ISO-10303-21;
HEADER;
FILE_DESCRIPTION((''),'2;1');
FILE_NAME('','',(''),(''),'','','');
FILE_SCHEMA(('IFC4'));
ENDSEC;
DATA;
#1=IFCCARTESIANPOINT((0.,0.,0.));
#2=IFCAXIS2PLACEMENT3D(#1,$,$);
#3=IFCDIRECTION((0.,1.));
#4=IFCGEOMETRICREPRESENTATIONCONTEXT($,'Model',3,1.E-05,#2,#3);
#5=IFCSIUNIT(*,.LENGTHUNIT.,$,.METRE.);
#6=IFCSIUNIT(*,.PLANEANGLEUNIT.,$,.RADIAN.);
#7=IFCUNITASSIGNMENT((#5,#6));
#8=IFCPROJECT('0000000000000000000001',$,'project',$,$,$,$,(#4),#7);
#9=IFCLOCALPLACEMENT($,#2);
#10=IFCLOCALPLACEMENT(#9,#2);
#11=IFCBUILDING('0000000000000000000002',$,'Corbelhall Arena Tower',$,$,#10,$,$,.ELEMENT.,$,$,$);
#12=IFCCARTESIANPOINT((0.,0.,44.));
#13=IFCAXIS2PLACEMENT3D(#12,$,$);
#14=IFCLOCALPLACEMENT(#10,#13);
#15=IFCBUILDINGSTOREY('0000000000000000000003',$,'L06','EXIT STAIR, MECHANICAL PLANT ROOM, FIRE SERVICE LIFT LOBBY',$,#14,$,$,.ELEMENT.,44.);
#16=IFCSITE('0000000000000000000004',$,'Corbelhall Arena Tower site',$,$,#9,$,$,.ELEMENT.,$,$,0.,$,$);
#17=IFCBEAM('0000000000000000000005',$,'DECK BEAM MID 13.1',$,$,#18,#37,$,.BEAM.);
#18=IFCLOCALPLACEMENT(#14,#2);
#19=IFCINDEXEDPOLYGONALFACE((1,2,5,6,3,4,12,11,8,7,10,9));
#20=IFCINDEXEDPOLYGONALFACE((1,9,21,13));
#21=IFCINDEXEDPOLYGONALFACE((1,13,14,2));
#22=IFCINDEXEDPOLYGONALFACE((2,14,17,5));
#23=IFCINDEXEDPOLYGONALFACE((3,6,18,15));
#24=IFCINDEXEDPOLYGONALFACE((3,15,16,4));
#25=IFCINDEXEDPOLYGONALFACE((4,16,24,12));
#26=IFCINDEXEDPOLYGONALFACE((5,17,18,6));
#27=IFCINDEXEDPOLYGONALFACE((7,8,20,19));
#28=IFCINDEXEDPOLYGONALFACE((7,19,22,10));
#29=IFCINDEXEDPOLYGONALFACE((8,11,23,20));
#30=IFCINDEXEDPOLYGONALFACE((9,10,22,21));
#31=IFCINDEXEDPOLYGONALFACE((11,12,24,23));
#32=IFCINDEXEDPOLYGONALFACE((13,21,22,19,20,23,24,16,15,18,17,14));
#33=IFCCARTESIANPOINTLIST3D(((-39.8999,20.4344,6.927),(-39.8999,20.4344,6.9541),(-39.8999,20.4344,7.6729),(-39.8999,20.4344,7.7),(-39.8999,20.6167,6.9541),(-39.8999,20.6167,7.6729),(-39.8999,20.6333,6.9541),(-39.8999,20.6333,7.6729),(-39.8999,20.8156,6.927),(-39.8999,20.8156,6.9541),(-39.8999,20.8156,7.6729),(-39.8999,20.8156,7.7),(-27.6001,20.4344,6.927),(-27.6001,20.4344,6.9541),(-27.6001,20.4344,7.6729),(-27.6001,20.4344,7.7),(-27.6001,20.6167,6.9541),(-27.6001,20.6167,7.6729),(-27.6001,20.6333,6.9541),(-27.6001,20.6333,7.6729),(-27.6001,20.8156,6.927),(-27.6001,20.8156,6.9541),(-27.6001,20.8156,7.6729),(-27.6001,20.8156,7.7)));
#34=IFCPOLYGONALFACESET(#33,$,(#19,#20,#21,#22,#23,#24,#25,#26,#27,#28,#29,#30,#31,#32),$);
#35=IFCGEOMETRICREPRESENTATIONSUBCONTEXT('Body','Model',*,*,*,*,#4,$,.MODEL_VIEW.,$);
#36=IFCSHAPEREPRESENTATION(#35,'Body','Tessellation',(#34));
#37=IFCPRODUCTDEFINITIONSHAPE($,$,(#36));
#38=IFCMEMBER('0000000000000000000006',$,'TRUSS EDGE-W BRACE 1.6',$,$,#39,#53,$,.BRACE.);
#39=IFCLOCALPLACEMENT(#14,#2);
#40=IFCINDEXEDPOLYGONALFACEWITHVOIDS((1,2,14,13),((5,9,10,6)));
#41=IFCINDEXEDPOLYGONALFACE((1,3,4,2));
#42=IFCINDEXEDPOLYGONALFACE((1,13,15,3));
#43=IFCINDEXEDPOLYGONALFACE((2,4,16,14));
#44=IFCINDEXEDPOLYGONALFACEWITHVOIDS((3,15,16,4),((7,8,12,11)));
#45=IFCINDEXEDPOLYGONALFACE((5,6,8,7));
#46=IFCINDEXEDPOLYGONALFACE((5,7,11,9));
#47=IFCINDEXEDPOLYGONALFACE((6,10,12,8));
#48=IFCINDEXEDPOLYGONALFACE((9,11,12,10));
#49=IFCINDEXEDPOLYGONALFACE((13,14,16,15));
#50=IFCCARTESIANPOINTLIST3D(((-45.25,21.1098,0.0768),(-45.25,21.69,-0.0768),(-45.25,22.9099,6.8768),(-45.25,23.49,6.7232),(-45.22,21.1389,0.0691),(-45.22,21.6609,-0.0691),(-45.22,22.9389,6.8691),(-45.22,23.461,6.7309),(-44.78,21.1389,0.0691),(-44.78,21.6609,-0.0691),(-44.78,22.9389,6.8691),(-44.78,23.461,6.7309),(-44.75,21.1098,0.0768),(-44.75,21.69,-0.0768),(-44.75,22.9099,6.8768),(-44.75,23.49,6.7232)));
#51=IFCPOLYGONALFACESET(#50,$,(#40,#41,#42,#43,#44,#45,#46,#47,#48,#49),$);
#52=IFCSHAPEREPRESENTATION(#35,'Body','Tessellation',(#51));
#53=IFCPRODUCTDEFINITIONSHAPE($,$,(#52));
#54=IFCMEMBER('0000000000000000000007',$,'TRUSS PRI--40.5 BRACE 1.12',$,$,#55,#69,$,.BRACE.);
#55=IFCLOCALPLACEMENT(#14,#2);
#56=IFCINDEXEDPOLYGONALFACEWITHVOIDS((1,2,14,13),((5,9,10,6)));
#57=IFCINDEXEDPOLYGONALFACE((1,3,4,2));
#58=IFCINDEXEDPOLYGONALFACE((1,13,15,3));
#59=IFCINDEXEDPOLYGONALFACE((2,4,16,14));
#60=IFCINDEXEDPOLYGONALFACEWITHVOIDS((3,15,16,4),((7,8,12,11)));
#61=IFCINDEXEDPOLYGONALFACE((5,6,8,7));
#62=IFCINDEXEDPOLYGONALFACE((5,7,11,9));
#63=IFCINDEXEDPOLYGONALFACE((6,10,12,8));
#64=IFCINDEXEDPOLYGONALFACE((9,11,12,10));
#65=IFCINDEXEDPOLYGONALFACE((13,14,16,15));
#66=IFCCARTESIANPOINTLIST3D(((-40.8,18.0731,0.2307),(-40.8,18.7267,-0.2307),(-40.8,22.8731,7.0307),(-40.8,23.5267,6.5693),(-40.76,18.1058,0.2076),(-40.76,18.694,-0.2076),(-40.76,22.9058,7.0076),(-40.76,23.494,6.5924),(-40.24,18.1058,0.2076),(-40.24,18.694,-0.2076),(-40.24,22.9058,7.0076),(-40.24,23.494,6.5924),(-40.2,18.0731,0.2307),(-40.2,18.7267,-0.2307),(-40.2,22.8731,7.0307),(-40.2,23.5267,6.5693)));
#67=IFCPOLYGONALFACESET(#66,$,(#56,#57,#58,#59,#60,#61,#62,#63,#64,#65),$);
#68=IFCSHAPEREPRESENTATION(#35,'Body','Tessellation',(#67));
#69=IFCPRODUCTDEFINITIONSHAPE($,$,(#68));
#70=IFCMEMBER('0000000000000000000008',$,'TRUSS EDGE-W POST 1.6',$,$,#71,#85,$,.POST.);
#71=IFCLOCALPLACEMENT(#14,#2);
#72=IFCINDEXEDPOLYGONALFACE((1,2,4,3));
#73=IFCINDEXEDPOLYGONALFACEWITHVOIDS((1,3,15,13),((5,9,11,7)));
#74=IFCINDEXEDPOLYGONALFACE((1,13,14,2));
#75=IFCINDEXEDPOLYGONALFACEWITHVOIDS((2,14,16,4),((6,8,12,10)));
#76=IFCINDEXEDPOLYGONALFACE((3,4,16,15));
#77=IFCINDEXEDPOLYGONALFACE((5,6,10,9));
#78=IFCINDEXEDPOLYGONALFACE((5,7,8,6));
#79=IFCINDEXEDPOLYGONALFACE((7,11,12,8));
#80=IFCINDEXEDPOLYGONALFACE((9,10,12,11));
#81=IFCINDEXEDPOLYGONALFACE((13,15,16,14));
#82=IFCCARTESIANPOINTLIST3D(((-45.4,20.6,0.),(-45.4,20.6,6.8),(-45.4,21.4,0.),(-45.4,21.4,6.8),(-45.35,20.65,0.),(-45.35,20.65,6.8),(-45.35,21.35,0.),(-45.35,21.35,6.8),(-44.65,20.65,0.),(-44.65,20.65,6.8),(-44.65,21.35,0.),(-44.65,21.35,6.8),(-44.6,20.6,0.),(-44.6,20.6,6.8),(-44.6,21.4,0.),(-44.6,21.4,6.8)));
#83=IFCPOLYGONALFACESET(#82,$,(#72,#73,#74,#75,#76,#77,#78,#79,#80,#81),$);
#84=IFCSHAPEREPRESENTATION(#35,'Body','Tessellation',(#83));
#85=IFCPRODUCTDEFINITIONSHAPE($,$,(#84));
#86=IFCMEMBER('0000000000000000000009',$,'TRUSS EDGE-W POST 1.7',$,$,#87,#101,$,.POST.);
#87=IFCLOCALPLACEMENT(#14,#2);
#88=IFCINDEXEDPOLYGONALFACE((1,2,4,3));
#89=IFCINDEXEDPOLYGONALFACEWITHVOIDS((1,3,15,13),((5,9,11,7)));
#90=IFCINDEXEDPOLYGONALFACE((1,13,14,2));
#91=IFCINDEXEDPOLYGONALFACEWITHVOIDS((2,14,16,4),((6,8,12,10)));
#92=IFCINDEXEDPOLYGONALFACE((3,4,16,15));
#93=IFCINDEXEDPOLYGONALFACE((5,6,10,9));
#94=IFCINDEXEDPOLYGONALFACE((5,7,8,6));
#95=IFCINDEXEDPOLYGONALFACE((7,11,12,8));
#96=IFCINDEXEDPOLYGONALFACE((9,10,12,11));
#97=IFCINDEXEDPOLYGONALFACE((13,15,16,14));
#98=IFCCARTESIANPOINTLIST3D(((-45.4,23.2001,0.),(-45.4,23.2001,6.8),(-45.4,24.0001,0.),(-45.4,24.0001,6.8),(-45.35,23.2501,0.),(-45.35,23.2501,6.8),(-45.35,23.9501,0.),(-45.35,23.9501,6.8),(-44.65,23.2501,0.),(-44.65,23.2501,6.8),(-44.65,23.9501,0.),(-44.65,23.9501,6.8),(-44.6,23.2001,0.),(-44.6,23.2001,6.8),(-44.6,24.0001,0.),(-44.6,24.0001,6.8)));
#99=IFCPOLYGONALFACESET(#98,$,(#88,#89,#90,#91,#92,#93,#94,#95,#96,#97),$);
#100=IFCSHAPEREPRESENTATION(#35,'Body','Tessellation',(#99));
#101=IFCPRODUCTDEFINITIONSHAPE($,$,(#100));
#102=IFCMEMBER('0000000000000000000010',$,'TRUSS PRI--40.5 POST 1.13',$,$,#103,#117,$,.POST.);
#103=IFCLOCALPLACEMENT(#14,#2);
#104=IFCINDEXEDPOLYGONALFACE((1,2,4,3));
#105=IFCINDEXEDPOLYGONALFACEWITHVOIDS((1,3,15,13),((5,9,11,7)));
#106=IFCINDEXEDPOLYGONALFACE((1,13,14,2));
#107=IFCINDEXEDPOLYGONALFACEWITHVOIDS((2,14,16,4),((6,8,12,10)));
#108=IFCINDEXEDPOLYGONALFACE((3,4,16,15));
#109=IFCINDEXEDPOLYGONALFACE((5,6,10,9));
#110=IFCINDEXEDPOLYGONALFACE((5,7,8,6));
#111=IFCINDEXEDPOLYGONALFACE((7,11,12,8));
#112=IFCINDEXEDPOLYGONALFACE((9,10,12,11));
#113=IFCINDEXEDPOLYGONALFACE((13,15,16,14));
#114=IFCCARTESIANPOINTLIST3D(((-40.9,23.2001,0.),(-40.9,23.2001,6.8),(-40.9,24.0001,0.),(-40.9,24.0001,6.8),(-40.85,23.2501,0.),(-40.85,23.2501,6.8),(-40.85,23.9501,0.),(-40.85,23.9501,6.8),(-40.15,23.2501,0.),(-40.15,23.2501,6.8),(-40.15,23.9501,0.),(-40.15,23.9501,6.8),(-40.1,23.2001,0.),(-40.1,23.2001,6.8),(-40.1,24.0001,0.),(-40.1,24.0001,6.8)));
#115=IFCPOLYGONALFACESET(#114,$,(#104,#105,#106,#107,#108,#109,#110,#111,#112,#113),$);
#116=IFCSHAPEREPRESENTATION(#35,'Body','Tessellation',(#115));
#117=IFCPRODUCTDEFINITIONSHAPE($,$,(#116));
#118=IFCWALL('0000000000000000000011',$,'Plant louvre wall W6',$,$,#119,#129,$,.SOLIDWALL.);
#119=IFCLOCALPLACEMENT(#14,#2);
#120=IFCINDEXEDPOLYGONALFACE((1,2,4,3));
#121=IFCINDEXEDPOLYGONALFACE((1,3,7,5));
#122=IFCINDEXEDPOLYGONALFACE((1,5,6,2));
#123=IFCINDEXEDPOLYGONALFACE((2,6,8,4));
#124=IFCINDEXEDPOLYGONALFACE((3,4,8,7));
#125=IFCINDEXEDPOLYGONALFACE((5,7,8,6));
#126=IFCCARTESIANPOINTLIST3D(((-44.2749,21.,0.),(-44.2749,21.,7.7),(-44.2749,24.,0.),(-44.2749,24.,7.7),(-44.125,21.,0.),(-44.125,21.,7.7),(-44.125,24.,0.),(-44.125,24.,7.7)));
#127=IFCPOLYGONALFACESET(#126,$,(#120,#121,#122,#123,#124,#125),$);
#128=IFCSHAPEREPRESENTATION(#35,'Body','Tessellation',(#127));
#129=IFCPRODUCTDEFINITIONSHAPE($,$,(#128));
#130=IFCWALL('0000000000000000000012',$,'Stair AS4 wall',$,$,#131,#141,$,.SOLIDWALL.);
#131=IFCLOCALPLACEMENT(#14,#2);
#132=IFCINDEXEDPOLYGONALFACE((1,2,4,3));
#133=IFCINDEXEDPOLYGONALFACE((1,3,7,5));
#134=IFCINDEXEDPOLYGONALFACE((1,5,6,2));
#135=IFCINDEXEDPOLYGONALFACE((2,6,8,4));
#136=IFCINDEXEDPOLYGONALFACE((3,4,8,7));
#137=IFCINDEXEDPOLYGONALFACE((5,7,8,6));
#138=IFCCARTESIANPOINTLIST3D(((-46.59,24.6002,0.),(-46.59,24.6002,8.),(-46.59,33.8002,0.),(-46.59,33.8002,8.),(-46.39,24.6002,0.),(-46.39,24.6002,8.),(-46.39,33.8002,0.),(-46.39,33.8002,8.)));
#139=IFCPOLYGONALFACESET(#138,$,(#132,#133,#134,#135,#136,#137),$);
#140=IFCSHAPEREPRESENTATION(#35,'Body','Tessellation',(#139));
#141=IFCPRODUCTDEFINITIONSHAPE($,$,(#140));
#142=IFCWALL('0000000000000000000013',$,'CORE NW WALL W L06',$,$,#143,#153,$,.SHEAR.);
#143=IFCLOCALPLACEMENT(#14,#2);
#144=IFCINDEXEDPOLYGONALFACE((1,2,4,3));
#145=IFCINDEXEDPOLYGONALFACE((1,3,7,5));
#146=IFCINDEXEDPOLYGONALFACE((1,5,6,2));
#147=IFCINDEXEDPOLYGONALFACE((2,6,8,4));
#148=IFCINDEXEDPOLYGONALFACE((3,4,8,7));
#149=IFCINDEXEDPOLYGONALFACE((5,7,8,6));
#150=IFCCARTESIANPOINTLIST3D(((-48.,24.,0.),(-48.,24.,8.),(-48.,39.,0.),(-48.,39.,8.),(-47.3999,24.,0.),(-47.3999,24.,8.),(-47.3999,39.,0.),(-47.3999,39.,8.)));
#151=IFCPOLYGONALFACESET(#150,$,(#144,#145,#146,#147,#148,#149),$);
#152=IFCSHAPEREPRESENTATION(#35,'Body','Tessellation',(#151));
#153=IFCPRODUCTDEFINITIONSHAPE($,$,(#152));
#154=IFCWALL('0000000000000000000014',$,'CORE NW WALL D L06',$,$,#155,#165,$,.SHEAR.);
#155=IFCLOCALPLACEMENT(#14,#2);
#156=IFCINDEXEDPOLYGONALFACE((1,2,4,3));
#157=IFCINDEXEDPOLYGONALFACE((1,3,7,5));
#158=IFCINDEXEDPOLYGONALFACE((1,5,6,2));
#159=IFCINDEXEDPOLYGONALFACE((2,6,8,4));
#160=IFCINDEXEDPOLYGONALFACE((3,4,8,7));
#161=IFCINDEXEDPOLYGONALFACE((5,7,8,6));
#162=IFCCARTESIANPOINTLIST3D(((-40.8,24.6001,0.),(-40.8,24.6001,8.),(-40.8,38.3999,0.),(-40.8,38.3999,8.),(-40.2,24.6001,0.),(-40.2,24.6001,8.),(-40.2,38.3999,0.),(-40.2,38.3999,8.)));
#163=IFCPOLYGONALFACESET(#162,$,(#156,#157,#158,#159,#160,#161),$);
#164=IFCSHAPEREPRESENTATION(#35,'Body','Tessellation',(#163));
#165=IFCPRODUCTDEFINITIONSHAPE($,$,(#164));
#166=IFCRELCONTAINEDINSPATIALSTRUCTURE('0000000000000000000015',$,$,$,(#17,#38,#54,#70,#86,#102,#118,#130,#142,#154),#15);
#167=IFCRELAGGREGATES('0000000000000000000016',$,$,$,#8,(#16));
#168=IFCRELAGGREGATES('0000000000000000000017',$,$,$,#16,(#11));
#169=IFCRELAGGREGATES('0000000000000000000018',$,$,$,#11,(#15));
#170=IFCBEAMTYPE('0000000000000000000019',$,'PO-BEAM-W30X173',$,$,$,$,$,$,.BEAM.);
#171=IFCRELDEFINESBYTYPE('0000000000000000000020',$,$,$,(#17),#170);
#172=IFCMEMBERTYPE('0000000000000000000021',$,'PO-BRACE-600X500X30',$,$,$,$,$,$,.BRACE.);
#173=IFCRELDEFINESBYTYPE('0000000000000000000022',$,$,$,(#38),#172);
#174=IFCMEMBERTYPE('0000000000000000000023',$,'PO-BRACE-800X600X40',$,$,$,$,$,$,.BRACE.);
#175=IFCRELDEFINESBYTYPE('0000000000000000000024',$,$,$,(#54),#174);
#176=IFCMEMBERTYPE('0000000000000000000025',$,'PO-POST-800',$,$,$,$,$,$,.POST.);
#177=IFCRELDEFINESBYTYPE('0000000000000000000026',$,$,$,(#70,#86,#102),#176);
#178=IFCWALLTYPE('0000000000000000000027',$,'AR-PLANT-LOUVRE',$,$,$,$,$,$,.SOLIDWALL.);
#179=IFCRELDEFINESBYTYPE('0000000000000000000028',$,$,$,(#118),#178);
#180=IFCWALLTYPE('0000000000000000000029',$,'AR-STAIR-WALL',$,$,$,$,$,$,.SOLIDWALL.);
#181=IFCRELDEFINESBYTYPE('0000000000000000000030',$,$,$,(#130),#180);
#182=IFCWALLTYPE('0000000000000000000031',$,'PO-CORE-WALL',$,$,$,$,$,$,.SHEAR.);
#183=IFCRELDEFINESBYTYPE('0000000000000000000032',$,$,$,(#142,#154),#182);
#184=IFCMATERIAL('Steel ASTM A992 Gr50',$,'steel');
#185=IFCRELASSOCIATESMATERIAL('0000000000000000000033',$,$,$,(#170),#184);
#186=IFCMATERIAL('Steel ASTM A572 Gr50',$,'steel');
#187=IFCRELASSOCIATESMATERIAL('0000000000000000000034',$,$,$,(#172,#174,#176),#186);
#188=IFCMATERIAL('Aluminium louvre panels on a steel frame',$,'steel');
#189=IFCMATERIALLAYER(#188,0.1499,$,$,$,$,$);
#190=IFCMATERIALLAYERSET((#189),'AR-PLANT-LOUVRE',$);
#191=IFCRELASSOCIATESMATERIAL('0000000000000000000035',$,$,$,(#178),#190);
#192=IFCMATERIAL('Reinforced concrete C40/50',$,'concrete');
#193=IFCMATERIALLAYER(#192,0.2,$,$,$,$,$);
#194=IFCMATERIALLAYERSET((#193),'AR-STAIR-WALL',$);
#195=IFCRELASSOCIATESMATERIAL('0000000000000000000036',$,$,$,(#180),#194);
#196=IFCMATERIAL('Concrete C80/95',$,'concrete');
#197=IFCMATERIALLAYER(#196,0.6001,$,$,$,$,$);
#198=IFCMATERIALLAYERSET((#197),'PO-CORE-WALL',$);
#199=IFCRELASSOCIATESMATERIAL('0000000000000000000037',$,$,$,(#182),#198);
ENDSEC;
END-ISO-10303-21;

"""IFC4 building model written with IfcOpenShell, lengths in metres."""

from ifc_helpers import new_model, si_unit, direction, frame, frame_2d, origin, origin_2d, place, context, subcontext, project, spatial, rectangle, hollow_rectangle, i_section, extrude, material, layer, layer_set, material_profile, profile_set, type_object, element, save


model = new_model("IFC4")

# Units and contexts
model_context = context("Model", 3, precision=1e-05, world=origin(), true_north=direction((0.0, 1.0)))
body_context = subcontext(model_context, "Body", "Model", "MODEL_VIEW")
ifc_project = project(units=[si_unit("LENGTHUNIT", "METRE"), si_unit("PLANEANGLEUNIT", "RADIAN")], contexts=[model_context])

# Site, building, storey
site_placement = place(None, origin())
site = spatial("IfcSite", under=ifc_project, at=site_placement, Name="Corbelhall Arena Tower site", CompositionType="ELEMENT", RefElevation=0.0)
building_placement = place(site_placement, origin())
building = spatial("IfcBuilding", under=site, at=building_placement, Name="Corbelhall Arena Tower", CompositionType="ELEMENT")
storey_placement = place(building_placement, frame((0.0, 0.0, 44.0)))
storey = spatial("IfcBuildingStorey", under=building, at=storey_placement, Name="L06", Description="EXIT STAIR, MECHANICAL PLANT ROOM, FIRE SERVICE LIFT LOBBY", CompositionType="ELEMENT", Elevation=44.0)

# Beam
ifc_material_1 = material(Name="Steel ASTM A992 Gr50", Category="steel")
ifc_material_profile_1 = material_profile(ifc_material_1, i_section(OverallWidth=0.3811, OverallDepth=0.7729, WebThickness=0.0166, FlangeThickness=0.0271, at=origin_2d()))
ifc_profile_set_1 = profile_set([ifc_material_profile_1], Name="Steel ASTM A992 Gr50")
beam_type = type_object("IfcBeamType", Name="PO-BEAM-W30X173", PredefinedType="BEAM", material=ifc_profile_set_1)
beam_placement = place(storey_placement, frame((-39.8999, 20.625, 7.3135), z_axis=(1.0, 0.0, 0.0), x_axis=(0.0, 1.0, 0.0)))
element("IfcBeam", 1, at=beam_placement, inside=storey, type_object=beam_type, Name="DECK BEAM MID 13.1", PredefinedType="BEAM", context=body_context, shape_type="SweptSolid", body=[
    extrude(i_section(OverallWidth=0.3811, OverallDepth=0.7729, WebThickness=0.0166, FlangeThickness=0.0271, at=origin_2d()), origin(), (0.0, 0.0, 1.0), 12.2998),
])

# Members
ifc_material_2 = material(Name="Steel ASTM A572 Gr50", Category="steel")
ifc_material_profile_2 = material_profile(ifc_material_2, hollow_rectangle(XDim=0.5, YDim=0.6001, WallThickness=0.03, at=origin_2d()))
ifc_profile_set_2 = profile_set([ifc_material_profile_2], Name="Steel ASTM A572 Gr50")
member_type_1 = type_object("IfcMemberType", Name="PO-BRACE-600X500X30", PredefinedType="BRACE", material=ifc_profile_set_2)
member_1_placement = place(storey_placement, frame((-45.0, 21.3999, 0.0), z_axis=(0.0, 0.255897, 0.966704), x_axis=(-1.0, 0.0, 0.0)))
element("IfcMember", 2, at=member_1_placement, inside=storey, type_object=member_type_1, Name="TRUSS EDGE-W BRACE 1.6", PredefinedType="BRACE", context=body_context, shape_type="SweptSolid", body=[
    extrude(hollow_rectangle(XDim=0.5, YDim=0.6001, WallThickness=0.03, at=origin_2d()), origin(), (0.0, 0.0, 1.0), 7.0342),
])
ifc_material_profile_3 = material_profile(ifc_material_2, hollow_rectangle(XDim=0.6001, YDim=0.8, WallThickness=0.04, at=origin_2d()))
ifc_profile_set_3 = profile_set([ifc_material_profile_3], Name="Steel ASTM A572 Gr50")
member_type_2 = type_object("IfcMemberType", Name="PO-BRACE-800X600X40", PredefinedType="BRACE", material=ifc_profile_set_3)
member_2_placement = place(storey_placement, frame((-40.5, 18.3999, 0.0), z_axis=(0.0, 0.576684, 0.816967), x_axis=(-1.0, 0.0, 0.0)))
element("IfcMember", 3, at=member_2_placement, inside=storey, type_object=member_type_2, Name="TRUSS PRI--40.5 BRACE 1.12", PredefinedType="BRACE", context=body_context, shape_type="SweptSolid", body=[
    extrude(hollow_rectangle(XDim=0.6001, YDim=0.8, WallThickness=0.04, at=origin_2d()), origin(), (0.0, 0.0, 1.0), 8.3235),
])
ifc_material_profile_4 = material_profile(ifc_material_2, hollow_rectangle(XDim=0.8, YDim=0.8, WallThickness=0.05, at=origin_2d()))
ifc_profile_set_4 = profile_set([ifc_material_profile_4], Name="Steel ASTM A572 Gr50")
member_type_3 = type_object("IfcMemberType", Name="PO-POST-800", PredefinedType="POST", material=ifc_profile_set_4)
for number, where, z_axis, x_axis, name in (
    (4, (-45.0, 21.0, 0.0), (0.0, 0.0, 1.0), (1.0, 0.0, 0.0), "TRUSS EDGE-W POST 1.6"),
    (5, (-45.0, 23.6001, 0.0), (0.0, 0.0, 1.0), (1.0, 0.0, 0.0), "TRUSS EDGE-W POST 1.7"),
    (6, (-40.5, 23.6001, 0.0), (0.0, 0.0, 1.0), (1.0, 0.0, 0.0), "TRUSS PRI--40.5 POST 1.13"),
):
    element("IfcMember", number, at=place(storey_placement, frame(where, z_axis=z_axis, x_axis=x_axis)), inside=storey, type_object=member_type_3, Name=name, PredefinedType="POST", context=body_context, shape_type="SweptSolid", body=[
        extrude(hollow_rectangle(XDim=0.8, YDim=0.8, WallThickness=0.05, at=origin_2d()), origin(), (0.0, 0.0, 1.0), 6.8),
    ])

# Walls
ifc_material_3 = material(Name="Aluminium louvre panels on a steel frame", Category="steel")
ifc_layer_1 = layer(ifc_material_3, 0.1499)
ifc_layer_set_1 = layer_set([ifc_layer_1], Name="AR-PLANT-LOUVRE")
wall_type_1 = type_object("IfcWallType", Name="AR-PLANT-LOUVRE", PredefinedType="SOLIDWALL", material=ifc_layer_set_1)
wall_1_placement = place(storey_placement, frame((-44.2, 21.0, 0.0), z_axis=(0.0, 0.0, 1.0), x_axis=(0.0, 1.0, 0.0)))
element("IfcWall", 7, at=wall_1_placement, inside=storey, type_object=wall_type_1, Name="Plant louvre wall W6", PredefinedType="SOLIDWALL", context=body_context, shape_type="SweptSolid", body=[
    extrude(rectangle(XDim=3.0, YDim=0.1499, at=frame_2d((1.5, 0.0))), origin(), (0.0, 0.0, 1.0), 7.7),
])
ifc_material_4 = material(Name="Reinforced concrete C40/50", Category="concrete")
ifc_layer_2 = layer(ifc_material_4, 0.2)
ifc_layer_set_2 = layer_set([ifc_layer_2], Name="AR-STAIR-WALL")
wall_type_2 = type_object("IfcWallType", Name="AR-STAIR-WALL", PredefinedType="SOLIDWALL", material=ifc_layer_set_2)
wall_2_placement = place(storey_placement, frame((-46.49, 24.6001, 0.0), z_axis=(0.0, 0.0, 1.0), x_axis=(0.0, 1.0, 0.0)))
element("IfcWall", 8, at=wall_2_placement, inside=storey, type_object=wall_type_2, Name="Stair AS4 wall", PredefinedType="SOLIDWALL", context=body_context, shape_type="SweptSolid", body=[
    extrude(rectangle(XDim=9.2, YDim=0.2, at=frame_2d((4.6001, 0.0))), origin(), (0.0, 0.0, 1.0), 8.0),
])

# Shared definitions
ifc_material_5 = material(Name="Concrete C80/95", Category="concrete")
ifc_layer_3 = layer(ifc_material_5, 0.6001)
ifc_layer_set_3 = layer_set([ifc_layer_3], Name="PO-CORE-WALL")
wall_type_3 = type_object("IfcWallType", Name="PO-CORE-WALL", PredefinedType="SHEAR", material=ifc_layer_set_3)

# Walls
wall_3_placement = place(storey_placement, frame((-47.7, 24.0, 0.0), z_axis=(0.0, 0.0, 1.0), x_axis=(0.0, 1.0, 0.0)))
element("IfcWall", 9, at=wall_3_placement, inside=storey, type_object=wall_type_3, Name="CORE NW WALL W L06", PredefinedType="SHEAR", context=body_context, shape_type="SweptSolid", body=[
    extrude(rectangle(XDim=15.0, YDim=0.6001, at=frame_2d((7.5, 0.0))), origin(), (0.0, 0.0, 1.0), 8.0),
])
wall_4_placement = place(storey_placement, frame((-40.5, 24.6001, 0.0), z_axis=(0.0, 0.0, 1.0), x_axis=(0.0, 1.0, 0.0)))
element("IfcWall", 10, at=wall_4_placement, inside=storey, type_object=wall_type_3, Name="CORE NW WALL D L06", PredefinedType="SHEAR", context=body_context, shape_type="SweptSolid", body=[
    extrude(rectangle(XDim=13.7998, YDim=0.6001, at=frame_2d((6.8999, 0.0))), origin(), (0.0, 0.0, 1.0), 8.0),
])

save(model, "model.ifc")
